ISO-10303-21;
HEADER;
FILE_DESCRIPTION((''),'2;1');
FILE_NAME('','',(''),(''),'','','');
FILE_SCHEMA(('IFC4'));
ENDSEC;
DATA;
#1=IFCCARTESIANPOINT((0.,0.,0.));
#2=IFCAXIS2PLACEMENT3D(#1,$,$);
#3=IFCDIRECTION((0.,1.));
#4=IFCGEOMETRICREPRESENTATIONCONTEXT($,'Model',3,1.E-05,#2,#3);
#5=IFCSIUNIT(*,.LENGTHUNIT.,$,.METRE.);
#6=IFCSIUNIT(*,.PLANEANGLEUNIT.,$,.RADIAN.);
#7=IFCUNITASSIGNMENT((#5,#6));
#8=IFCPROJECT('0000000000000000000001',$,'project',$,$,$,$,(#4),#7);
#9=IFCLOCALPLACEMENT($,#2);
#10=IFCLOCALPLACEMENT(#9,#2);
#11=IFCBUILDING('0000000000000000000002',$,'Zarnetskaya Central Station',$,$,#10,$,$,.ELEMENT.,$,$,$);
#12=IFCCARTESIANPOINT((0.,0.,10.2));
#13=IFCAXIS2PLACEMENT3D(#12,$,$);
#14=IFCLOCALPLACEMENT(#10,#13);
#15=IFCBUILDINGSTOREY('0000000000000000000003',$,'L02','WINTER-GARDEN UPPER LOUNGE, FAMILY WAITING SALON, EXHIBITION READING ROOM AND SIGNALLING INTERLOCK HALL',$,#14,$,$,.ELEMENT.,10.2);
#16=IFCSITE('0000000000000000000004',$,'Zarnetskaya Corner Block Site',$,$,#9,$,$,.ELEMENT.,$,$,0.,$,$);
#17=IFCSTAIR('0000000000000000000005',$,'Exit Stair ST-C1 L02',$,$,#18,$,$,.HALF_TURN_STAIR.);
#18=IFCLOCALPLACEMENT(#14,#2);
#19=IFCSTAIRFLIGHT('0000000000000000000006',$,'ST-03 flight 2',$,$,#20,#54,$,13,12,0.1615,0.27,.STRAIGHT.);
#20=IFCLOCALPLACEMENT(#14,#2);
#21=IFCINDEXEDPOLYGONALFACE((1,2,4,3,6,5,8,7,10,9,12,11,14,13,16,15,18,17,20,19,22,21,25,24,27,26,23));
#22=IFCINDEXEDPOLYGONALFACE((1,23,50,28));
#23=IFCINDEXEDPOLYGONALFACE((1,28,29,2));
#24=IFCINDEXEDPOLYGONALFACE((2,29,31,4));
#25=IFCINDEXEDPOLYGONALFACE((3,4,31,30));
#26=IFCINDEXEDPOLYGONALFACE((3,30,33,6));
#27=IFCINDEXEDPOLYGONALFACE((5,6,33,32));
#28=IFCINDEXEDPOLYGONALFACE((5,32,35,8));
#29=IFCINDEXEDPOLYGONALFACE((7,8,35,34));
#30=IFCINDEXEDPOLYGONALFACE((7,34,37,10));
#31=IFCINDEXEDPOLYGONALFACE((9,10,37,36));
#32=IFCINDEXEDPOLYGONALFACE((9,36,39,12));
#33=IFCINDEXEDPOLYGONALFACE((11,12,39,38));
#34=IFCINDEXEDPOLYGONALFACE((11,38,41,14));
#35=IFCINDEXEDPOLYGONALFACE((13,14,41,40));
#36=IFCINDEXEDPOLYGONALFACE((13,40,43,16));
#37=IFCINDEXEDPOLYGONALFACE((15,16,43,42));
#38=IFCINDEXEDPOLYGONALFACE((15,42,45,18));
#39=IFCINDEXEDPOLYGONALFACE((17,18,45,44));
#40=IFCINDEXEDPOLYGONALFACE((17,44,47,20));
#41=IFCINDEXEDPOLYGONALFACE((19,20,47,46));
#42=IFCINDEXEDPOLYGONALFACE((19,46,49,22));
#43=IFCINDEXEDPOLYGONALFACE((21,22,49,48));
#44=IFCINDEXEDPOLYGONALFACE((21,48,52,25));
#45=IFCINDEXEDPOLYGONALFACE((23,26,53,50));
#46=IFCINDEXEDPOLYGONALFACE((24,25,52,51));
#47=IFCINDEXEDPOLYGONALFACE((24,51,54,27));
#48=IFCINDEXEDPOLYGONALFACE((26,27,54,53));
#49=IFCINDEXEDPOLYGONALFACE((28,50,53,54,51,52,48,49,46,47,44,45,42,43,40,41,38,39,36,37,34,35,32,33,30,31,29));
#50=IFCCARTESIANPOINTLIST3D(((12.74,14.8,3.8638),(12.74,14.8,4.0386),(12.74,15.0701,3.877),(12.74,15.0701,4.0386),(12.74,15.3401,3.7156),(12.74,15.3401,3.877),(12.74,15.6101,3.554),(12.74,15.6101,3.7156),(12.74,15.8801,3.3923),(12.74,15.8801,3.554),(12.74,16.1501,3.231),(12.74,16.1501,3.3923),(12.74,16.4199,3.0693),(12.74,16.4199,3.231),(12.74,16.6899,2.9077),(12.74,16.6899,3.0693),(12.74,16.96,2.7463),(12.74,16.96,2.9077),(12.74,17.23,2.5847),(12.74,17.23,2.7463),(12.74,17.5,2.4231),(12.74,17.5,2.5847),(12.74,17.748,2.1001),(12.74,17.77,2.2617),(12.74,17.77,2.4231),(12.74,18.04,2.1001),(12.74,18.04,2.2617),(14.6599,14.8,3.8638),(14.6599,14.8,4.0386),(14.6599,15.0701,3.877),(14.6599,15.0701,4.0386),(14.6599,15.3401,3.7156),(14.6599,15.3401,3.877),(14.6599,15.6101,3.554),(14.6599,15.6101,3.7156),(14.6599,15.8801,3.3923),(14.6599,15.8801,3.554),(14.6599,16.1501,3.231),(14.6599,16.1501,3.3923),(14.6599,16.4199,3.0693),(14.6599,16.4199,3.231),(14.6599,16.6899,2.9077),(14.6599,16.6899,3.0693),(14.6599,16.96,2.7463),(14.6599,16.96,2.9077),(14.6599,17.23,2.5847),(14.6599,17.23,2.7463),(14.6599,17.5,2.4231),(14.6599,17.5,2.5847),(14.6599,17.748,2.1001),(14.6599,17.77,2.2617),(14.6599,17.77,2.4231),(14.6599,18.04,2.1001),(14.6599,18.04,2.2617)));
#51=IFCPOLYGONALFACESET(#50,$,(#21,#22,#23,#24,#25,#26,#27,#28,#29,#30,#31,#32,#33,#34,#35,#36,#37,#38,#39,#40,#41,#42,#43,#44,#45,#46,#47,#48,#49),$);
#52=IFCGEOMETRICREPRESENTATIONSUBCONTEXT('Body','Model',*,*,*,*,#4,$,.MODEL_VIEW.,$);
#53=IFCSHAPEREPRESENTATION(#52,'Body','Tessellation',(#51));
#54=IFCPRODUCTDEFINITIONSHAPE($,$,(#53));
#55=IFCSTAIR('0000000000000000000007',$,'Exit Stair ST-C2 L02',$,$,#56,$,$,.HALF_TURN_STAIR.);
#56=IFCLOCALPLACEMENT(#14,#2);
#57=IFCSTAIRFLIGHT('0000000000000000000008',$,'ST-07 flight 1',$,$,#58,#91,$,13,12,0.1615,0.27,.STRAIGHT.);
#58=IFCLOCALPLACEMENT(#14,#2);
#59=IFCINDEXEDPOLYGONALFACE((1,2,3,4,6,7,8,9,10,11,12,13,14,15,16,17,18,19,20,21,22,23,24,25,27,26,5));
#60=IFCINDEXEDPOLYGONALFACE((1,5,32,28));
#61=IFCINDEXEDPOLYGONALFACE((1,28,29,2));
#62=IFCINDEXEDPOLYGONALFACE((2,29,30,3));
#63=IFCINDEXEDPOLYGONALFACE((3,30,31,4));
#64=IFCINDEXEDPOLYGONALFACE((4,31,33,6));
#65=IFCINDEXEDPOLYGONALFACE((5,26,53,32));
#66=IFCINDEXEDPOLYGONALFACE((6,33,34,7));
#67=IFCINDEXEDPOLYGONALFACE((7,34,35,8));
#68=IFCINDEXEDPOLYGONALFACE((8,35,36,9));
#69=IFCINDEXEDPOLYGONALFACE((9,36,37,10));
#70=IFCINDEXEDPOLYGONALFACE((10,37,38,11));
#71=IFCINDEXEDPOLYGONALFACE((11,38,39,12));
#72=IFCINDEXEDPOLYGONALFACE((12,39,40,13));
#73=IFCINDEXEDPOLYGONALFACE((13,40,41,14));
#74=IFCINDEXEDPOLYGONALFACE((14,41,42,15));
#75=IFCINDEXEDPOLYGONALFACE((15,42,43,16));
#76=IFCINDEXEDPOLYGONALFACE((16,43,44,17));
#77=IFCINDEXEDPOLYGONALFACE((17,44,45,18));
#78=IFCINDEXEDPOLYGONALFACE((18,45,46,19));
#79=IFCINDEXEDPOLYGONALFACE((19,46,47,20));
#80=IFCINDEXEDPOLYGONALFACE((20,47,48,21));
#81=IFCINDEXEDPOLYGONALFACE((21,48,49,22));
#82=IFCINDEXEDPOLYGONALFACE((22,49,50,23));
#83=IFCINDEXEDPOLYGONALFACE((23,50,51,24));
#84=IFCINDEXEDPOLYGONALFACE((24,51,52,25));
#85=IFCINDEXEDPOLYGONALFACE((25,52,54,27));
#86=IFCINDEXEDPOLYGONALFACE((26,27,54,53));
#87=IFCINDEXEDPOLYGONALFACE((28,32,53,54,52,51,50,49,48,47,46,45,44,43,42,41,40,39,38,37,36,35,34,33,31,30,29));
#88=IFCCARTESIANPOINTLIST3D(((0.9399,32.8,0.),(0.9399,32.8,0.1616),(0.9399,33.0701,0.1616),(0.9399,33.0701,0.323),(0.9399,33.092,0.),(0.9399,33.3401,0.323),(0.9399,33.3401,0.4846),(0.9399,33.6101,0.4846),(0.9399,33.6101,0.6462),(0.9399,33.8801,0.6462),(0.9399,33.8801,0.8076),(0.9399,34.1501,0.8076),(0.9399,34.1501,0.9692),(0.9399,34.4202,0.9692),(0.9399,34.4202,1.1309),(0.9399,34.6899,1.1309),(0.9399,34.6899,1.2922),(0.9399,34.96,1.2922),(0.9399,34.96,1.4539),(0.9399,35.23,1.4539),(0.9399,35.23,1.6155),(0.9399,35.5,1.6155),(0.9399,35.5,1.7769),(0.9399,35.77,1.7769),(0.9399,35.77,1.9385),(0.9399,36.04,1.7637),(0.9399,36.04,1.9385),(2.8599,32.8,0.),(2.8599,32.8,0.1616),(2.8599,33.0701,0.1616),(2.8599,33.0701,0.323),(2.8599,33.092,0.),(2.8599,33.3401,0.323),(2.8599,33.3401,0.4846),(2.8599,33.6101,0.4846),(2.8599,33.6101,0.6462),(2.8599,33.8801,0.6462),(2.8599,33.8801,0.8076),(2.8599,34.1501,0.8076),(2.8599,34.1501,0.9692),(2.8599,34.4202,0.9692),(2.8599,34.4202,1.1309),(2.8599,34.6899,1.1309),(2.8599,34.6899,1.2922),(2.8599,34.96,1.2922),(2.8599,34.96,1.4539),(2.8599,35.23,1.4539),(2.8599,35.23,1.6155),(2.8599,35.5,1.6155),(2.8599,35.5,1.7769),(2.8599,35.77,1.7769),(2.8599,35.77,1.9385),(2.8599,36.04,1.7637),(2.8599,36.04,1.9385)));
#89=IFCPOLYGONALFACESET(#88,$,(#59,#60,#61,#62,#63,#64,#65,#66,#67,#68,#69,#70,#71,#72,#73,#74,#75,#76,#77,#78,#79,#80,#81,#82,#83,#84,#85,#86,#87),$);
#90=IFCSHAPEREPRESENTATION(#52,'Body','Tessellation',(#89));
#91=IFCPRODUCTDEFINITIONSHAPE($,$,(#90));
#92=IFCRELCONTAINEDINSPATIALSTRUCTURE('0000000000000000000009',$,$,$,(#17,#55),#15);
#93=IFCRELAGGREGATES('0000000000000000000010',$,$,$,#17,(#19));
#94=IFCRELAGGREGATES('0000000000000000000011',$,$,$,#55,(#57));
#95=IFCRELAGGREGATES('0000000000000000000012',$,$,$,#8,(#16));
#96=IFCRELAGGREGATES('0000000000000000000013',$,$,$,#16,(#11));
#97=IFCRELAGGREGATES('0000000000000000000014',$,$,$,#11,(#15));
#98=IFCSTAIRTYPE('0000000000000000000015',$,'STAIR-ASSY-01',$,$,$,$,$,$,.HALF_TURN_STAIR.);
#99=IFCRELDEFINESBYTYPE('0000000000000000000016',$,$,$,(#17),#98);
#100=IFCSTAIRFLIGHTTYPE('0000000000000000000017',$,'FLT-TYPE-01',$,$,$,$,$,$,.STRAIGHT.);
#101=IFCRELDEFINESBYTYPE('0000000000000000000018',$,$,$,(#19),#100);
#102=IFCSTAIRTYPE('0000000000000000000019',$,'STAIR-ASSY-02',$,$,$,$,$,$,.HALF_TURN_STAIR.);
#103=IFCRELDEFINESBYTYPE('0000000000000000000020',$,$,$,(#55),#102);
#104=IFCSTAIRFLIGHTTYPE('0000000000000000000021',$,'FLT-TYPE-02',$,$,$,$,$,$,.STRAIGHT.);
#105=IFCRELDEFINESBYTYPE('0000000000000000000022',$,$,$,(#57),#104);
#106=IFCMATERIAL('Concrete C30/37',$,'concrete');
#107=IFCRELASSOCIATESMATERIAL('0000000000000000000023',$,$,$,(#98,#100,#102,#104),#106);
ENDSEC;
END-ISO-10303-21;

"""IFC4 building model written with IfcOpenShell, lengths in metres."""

from ifc_helpers import new_model, si_unit, direction, frame, origin, place, context, subcontext, project, spatial, polyline, outline, extrude, material, type_object, element, aggregate, save


model = new_model("IFC4")

# Units and contexts
model_context = context("Model", 3, precision=1e-05, world=origin(), true_north=direction((0.0, 1.0)))
body_context = subcontext(model_context, "Body", "Model", "MODEL_VIEW")
ifc_project = project(units=[si_unit("LENGTHUNIT", "METRE"), si_unit("PLANEANGLEUNIT", "RADIAN")], contexts=[model_context])

# Site, building, storey
site_placement = place(None, origin())
site = spatial("IfcSite", under=ifc_project, at=site_placement, Name="Zarnetskaya Corner Block Site", CompositionType="ELEMENT", RefElevation=0.0)
building_placement = place(site_placement, origin())
building = spatial("IfcBuilding", under=site, at=building_placement, Name="Zarnetskaya Central Station", CompositionType="ELEMENT")
storey_placement = place(building_placement, frame((0.0, 0.0, 10.2)))
storey = spatial("IfcBuildingStorey", under=building, at=storey_placement, Name="L02", Description="WINTER-GARDEN UPPER LOUNGE, FAMILY WAITING SALON, EXHIBITION READING ROOM AND SIGNALLING INTERLOCK HALL", CompositionType="ELEMENT", Elevation=10.2)

# Shared definitions
ifc_material_1 = material(Name="Concrete C30/37", Category="concrete")

# Stairs, stair flights
stair_type_1 = type_object("IfcStairType", Name="STAIR-ASSY-01", PredefinedType="HALF_TURN_STAIR", material=ifc_material_1)
stair_1_placement = place(storey_placement, origin())
stair_1 = element("IfcStair", 1, at=stair_1_placement, inside=storey, type_object=stair_type_1, Name="Exit Stair ST-C1 L02", PredefinedType="HALF_TURN_STAIR")
stair_flight_type_1 = type_object("IfcStairFlightType", Name="FLT-TYPE-01", PredefinedType="STRAIGHT", material=ifc_material_1)
stair_flight_1_placement = place(storey_placement, frame((13.7, 18.04, 2.1001), z_axis=(0.0, 0.0, 1.0), x_axis=(0.0, -1.0, 0.0)))
stair_flight_1 = element("IfcStairFlight", 2, at=stair_flight_1_placement, type_object=stair_flight_type_1, Name="ST-03 flight 2", NumberOfRisers=13, NumberOfTreads=12, PredefinedType="STRAIGHT", RiserHeight=0.1615, TreadLength=0.27, context=body_context, shape_type="SweptSolid", body=[
    extrude(outline(polyline([(0.0, 0.0), (0.0, 0.1616), (0.27, 0.1616), (0.27, 0.323), (0.54, 0.323), (0.54, 0.4846), (0.8101, 0.4846), (0.8101, 0.6462), (1.0801, 0.6462), (1.0801, 0.8076), (1.3501, 0.8076), (1.3501, 0.9692), (1.6201, 0.9692), (1.6201, 1.1309), (1.8899, 1.1309), (1.8899, 1.2922), (2.1599, 1.2922), (2.1599, 1.4539), (2.4299, 1.4539), (2.4299, 1.6155), (2.7, 1.6155), (2.7, 1.7769), (2.97, 1.7769), (2.97, 1.9385), (3.24, 1.9385), (3.24, 2.1001), (3.24, 1.7637), (0.292, 0.0), (0.0, 0.0)])), frame((0.0, 0.96, 0.0), z_axis=(0.0, -1.0, 0.0), x_axis=(1.0, 0.0, 0.0)), (0.0, 0.0, 1.0), 1.9199),
])
aggregate(stair_1, [stair_flight_1])
stair_type_2 = type_object("IfcStairType", Name="STAIR-ASSY-02", PredefinedType="HALF_TURN_STAIR", material=ifc_material_1)
stair_2_placement = place(storey_placement, origin())
stair_2 = element("IfcStair", 3, at=stair_2_placement, inside=storey, type_object=stair_type_2, Name="Exit Stair ST-C2 L02", PredefinedType="HALF_TURN_STAIR")
stair_flight_type_2 = type_object("IfcStairFlightType", Name="FLT-TYPE-02", PredefinedType="STRAIGHT", material=ifc_material_1)
stair_flight_2_placement = place(storey_placement, frame((1.8999, 32.8, 0.0), z_axis=(0.0, 0.0, 1.0), x_axis=(0.0, 1.0, 0.0)))
stair_flight_2 = element("IfcStairFlight", 4, at=stair_flight_2_placement, type_object=stair_flight_type_2, Name="ST-07 flight 1", NumberOfRisers=13, NumberOfTreads=12, PredefinedType="STRAIGHT", RiserHeight=0.1615, TreadLength=0.27, context=body_context, shape_type="SweptSolid", body=[
    extrude(outline(polyline([(0.0, 0.0), (0.0, 0.1616), (0.27, 0.1616), (0.27, 0.323), (0.54, 0.323), (0.54, 0.4846), (0.8101, 0.4846), (0.8101, 0.6462), (1.0801, 0.6462), (1.0801, 0.8076), (1.3501, 0.8076), (1.3501, 0.9692), (1.6201, 0.9692), (1.6201, 1.1309), (1.8899, 1.1309), (1.8899, 1.2922), (2.1599, 1.2922), (2.1599, 1.4539), (2.4299, 1.4539), (2.4299, 1.6155), (2.7, 1.6155), (2.7, 1.7769), (2.97, 1.7769), (2.97, 1.9385), (3.24, 1.9385), (3.24, 2.1001), (3.24, 1.7637), (0.292, 0.0), (0.0, 0.0)])), frame((0.0, 0.96, 0.0), z_axis=(0.0, -1.0, 0.0), x_axis=(1.0, 0.0, 0.0)), (0.0, 0.0, 1.0), 1.9199),
])
aggregate(stair_2, [stair_flight_2])

save(model, "model.ifc")
